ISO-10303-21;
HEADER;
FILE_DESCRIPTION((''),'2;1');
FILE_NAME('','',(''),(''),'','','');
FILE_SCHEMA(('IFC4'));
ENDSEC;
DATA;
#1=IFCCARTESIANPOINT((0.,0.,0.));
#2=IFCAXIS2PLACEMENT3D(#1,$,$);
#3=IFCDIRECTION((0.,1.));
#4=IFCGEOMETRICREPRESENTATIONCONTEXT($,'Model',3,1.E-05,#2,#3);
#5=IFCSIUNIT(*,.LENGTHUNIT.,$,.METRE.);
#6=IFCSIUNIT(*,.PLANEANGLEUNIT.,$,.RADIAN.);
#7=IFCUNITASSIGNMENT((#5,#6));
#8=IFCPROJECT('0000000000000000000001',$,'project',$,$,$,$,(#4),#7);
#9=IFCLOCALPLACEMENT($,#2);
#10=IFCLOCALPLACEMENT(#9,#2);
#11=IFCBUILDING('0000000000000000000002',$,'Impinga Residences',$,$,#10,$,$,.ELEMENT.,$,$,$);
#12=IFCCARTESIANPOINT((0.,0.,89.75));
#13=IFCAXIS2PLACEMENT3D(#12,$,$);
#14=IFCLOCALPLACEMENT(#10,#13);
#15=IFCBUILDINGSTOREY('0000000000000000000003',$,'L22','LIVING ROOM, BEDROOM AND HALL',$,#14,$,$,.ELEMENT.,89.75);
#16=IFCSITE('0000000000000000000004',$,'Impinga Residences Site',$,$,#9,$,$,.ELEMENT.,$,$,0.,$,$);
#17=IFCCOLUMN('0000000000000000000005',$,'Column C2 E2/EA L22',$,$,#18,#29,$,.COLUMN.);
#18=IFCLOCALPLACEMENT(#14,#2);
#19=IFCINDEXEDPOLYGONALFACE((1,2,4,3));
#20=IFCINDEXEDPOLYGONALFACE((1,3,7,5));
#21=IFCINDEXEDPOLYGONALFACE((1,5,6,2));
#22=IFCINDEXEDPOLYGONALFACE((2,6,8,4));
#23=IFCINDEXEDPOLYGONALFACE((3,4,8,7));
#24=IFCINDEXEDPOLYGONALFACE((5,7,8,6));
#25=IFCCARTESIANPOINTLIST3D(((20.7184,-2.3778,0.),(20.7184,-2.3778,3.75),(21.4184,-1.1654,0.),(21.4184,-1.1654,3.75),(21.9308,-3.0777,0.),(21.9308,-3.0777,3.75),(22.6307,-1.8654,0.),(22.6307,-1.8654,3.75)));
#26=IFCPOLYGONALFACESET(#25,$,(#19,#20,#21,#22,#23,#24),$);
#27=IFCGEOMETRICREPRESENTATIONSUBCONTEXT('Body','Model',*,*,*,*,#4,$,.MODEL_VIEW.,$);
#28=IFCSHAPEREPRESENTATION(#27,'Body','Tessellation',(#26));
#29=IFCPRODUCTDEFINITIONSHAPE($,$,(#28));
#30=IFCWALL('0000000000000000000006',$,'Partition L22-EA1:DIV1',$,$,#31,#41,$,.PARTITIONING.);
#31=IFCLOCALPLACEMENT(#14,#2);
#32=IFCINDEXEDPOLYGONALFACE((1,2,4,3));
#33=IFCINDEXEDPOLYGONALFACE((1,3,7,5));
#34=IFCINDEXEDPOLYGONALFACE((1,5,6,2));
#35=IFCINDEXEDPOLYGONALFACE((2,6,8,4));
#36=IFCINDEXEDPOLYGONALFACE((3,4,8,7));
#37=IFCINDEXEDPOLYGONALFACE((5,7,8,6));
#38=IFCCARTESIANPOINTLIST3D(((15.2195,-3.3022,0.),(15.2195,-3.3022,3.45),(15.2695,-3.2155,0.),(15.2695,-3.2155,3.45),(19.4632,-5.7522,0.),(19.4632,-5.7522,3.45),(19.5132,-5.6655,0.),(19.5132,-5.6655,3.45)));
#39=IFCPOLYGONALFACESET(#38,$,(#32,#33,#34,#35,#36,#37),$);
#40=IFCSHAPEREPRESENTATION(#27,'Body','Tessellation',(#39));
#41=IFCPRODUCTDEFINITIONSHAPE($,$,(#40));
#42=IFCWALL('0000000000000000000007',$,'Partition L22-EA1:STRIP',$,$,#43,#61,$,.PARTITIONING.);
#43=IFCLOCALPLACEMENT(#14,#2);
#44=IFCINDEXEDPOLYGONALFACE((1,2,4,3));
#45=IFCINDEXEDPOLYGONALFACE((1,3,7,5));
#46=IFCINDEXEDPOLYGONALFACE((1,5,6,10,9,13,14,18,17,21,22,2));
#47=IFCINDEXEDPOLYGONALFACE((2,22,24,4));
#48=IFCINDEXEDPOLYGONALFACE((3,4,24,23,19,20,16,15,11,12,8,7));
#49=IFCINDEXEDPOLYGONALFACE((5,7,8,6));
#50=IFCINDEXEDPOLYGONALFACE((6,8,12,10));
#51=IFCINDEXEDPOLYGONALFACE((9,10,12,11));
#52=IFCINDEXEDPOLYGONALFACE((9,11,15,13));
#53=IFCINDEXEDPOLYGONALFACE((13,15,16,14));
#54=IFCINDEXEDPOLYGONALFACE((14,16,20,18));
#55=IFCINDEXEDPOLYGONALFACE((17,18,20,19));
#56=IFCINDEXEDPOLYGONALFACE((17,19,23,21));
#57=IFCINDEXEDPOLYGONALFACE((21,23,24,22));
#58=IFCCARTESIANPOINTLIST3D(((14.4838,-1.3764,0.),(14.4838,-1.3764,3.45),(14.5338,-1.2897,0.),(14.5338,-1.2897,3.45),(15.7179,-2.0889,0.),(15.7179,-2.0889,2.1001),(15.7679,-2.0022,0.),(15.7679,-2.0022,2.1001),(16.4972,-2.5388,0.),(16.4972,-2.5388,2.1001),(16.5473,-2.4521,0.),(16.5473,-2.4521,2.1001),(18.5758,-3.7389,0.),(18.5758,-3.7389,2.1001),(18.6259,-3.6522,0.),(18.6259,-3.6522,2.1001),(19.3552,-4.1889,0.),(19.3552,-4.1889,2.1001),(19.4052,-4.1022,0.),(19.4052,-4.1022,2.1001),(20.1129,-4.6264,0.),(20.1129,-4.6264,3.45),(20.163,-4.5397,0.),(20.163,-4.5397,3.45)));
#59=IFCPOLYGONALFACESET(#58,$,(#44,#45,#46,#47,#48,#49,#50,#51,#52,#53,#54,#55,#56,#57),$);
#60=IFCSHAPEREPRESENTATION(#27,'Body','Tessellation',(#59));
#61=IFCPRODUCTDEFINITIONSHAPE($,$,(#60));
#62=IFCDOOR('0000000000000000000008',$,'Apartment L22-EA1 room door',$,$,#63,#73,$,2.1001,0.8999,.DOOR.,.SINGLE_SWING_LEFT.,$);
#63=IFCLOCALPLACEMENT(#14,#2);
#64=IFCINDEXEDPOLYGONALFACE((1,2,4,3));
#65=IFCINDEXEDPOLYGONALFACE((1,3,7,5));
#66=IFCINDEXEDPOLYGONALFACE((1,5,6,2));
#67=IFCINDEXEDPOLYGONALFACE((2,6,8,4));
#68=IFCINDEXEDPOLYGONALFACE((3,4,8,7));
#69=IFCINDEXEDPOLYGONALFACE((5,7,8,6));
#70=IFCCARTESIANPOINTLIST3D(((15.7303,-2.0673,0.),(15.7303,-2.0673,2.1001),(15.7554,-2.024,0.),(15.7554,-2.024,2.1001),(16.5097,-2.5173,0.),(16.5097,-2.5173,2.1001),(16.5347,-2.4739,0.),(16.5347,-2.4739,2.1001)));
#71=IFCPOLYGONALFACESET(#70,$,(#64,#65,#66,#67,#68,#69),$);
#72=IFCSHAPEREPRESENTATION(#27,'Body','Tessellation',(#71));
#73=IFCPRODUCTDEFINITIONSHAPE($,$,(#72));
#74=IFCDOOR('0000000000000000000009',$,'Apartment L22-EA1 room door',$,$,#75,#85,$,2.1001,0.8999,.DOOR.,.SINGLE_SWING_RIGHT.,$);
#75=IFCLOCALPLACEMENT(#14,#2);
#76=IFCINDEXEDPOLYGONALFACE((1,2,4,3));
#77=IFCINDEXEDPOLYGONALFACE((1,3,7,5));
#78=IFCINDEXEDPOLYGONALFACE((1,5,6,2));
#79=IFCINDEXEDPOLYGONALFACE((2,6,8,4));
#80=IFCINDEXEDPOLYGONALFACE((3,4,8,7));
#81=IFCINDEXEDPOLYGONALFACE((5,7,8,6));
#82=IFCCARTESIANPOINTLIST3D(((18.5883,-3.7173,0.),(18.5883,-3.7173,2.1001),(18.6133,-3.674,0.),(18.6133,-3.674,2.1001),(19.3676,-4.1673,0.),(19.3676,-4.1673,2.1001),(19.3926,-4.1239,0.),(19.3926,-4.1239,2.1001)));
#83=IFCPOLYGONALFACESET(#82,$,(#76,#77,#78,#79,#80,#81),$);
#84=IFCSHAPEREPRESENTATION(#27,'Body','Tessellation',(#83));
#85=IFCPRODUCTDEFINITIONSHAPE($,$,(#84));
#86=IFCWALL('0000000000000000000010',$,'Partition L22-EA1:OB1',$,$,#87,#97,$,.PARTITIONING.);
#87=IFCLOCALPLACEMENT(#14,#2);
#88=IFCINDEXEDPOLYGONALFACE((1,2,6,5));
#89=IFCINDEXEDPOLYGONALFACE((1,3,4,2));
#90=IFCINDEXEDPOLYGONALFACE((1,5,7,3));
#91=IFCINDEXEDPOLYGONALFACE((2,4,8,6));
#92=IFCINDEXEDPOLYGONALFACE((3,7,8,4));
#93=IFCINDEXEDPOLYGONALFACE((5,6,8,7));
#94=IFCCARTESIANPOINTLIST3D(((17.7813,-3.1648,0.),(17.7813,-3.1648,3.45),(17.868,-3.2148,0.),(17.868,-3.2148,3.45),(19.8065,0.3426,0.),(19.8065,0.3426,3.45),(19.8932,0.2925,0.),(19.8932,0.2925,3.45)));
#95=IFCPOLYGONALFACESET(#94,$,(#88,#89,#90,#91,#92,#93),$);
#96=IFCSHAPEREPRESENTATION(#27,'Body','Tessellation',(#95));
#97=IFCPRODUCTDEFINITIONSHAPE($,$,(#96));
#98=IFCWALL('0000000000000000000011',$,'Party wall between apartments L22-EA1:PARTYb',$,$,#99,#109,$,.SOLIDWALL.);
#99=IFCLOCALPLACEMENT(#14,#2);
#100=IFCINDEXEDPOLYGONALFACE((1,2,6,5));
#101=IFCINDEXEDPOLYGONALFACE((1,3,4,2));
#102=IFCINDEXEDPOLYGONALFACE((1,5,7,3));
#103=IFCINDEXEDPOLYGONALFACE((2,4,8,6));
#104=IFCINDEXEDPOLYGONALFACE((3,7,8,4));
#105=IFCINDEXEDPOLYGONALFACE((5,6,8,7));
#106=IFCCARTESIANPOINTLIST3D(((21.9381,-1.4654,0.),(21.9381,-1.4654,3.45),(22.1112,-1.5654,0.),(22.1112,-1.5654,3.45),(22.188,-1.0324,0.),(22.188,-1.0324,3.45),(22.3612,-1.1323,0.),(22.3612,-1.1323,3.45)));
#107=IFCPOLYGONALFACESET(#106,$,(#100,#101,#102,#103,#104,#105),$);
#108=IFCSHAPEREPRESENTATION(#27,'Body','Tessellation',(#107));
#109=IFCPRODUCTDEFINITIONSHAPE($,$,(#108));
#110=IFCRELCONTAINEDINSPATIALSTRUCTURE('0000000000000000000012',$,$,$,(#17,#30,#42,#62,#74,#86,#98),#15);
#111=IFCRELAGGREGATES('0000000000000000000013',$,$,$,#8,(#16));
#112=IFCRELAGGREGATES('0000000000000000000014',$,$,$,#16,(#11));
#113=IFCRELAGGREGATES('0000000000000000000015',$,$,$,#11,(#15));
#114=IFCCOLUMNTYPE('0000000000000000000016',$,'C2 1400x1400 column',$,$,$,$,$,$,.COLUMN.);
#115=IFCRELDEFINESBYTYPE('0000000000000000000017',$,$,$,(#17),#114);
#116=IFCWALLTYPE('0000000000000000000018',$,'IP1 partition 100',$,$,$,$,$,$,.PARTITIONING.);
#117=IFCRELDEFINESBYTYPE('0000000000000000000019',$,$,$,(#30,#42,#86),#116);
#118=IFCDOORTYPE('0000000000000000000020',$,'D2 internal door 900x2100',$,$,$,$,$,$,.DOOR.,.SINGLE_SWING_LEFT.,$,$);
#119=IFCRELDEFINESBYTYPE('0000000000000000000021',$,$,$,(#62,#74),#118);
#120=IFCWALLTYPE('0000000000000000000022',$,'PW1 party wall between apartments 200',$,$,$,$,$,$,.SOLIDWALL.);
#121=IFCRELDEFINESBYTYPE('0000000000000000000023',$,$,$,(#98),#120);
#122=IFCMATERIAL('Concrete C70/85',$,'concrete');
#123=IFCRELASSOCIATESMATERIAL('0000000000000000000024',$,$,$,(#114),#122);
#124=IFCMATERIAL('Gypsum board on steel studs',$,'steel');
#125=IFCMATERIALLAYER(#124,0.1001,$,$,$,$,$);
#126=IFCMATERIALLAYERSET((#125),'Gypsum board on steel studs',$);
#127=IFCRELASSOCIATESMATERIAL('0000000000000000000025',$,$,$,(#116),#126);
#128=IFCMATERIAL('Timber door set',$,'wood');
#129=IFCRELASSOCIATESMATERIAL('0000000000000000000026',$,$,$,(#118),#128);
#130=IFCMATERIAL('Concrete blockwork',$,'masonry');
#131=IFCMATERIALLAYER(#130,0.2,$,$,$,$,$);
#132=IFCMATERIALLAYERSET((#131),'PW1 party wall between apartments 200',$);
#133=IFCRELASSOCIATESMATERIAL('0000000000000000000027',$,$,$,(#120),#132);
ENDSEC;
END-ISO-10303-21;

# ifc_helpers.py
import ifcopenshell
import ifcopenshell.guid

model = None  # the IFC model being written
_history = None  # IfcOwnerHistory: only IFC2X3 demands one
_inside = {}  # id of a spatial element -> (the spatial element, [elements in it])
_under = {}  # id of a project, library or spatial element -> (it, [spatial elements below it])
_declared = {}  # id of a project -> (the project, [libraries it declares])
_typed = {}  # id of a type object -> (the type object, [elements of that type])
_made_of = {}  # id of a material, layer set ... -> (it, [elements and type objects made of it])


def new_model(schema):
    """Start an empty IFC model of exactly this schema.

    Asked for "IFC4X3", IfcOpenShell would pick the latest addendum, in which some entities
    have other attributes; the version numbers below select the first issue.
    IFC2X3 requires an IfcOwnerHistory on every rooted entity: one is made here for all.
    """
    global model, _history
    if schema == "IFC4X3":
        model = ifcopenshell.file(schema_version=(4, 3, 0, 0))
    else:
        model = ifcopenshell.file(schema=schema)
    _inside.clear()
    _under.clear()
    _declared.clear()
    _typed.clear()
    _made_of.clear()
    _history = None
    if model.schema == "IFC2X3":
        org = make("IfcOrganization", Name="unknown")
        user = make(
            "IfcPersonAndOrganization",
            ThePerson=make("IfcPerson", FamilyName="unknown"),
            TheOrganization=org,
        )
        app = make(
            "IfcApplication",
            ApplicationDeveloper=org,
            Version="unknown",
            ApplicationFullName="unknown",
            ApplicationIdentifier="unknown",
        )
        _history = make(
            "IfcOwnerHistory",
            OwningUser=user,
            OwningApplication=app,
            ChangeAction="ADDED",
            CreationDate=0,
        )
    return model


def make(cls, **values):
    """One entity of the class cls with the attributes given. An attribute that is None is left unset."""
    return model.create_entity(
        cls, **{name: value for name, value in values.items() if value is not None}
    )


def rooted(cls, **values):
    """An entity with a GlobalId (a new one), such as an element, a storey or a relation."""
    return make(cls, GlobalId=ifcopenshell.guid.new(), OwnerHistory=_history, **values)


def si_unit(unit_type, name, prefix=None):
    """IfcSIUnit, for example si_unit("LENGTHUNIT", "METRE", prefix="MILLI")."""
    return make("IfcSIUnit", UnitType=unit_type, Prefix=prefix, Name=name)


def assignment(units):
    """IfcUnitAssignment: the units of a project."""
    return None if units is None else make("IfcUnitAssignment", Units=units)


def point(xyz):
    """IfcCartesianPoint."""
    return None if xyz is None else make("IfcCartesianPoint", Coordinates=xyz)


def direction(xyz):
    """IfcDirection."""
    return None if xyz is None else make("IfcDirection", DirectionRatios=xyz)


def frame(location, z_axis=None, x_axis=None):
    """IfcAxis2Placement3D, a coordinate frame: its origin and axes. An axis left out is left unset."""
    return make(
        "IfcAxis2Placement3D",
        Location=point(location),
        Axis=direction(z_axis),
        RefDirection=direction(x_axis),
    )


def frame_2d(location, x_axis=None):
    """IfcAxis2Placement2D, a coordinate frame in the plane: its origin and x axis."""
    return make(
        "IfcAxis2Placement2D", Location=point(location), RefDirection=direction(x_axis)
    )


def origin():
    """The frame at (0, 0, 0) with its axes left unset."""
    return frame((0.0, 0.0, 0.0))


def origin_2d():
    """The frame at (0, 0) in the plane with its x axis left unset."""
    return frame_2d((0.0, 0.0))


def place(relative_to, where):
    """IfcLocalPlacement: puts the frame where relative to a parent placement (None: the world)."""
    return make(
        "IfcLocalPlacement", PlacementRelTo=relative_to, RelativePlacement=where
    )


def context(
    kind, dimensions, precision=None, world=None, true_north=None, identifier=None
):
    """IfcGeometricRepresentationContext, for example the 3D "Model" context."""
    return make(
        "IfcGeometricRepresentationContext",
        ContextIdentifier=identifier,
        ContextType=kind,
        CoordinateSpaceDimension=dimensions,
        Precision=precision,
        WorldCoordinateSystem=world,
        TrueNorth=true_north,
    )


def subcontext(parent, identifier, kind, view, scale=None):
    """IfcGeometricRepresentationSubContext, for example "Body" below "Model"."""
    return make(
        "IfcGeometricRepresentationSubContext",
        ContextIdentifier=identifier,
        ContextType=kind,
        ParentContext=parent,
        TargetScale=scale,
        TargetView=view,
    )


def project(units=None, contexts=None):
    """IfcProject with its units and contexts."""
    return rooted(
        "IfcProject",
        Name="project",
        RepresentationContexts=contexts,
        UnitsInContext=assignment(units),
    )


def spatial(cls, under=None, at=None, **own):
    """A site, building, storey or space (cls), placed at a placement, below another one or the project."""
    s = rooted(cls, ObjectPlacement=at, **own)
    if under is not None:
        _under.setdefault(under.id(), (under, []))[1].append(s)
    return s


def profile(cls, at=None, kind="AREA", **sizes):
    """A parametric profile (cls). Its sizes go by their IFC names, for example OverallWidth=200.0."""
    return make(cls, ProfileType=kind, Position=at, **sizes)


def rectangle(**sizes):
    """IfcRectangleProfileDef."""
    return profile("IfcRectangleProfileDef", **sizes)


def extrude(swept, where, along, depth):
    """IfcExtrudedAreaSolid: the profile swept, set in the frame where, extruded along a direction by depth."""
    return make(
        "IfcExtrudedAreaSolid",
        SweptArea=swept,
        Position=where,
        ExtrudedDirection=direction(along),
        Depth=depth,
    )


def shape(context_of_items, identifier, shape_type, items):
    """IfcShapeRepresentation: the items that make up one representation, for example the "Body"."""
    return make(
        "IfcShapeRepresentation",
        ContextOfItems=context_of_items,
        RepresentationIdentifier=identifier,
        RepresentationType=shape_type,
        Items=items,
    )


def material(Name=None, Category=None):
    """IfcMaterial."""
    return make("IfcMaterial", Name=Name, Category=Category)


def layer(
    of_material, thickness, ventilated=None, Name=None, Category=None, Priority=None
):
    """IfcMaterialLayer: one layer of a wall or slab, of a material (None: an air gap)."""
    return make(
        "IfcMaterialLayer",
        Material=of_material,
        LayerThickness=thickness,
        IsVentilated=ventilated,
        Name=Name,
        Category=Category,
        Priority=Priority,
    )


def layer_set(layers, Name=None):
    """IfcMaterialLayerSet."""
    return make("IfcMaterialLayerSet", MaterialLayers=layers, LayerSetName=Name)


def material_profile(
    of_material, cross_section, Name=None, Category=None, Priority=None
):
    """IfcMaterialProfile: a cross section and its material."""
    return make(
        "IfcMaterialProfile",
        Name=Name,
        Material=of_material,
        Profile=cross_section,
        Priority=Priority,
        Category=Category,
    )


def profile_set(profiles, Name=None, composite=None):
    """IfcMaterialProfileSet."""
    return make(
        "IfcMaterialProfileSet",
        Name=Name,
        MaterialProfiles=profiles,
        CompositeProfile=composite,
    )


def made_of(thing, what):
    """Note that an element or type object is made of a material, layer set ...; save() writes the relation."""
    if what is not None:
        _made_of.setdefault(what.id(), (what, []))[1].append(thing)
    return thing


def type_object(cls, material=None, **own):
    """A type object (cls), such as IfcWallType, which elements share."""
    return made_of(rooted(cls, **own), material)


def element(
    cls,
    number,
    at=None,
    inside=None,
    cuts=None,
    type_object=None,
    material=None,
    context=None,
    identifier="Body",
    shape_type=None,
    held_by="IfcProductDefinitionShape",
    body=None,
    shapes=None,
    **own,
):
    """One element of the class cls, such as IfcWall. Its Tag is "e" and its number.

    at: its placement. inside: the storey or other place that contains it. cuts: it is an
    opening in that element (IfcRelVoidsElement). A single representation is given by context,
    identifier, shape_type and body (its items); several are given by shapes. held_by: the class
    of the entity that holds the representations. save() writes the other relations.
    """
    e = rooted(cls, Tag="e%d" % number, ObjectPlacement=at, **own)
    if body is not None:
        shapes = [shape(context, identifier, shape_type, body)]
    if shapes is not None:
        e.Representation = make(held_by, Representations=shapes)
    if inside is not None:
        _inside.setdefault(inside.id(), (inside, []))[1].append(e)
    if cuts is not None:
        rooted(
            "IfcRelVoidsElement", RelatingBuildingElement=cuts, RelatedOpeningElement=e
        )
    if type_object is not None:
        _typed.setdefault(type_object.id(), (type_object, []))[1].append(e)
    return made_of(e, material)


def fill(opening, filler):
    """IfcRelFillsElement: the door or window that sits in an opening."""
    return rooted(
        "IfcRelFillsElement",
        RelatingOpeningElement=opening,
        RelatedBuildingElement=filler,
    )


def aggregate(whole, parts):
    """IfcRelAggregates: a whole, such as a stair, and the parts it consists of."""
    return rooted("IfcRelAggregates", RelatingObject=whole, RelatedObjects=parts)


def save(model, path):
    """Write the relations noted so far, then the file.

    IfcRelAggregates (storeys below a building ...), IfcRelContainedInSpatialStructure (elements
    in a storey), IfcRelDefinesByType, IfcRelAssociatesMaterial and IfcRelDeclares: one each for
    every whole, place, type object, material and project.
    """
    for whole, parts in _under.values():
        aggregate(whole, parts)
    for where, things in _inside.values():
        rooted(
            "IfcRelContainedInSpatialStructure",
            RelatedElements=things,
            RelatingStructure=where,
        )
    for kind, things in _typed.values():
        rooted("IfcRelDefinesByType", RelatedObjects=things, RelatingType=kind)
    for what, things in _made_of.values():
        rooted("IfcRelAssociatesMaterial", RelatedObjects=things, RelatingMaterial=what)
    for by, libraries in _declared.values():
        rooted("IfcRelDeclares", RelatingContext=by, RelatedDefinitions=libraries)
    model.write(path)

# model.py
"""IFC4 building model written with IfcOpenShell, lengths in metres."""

from ifc_helpers import new_model, si_unit, direction, frame, frame_2d, origin, origin_2d, place, context, subcontext, project, spatial, rectangle, extrude, material, layer, layer_set, material_profile, profile_set, type_object, element, fill, save


model = new_model("IFC4")

# Units and contexts
model_context = context("Model", 3, precision=1e-05, world=origin(), true_north=direction((0.0, 1.0)))
body_context = subcontext(model_context, "Body", "Model", "MODEL_VIEW")
ifc_project = project(units=[si_unit("LENGTHUNIT", "METRE"), si_unit("PLANEANGLEUNIT", "RADIAN")], contexts=[model_context])

# Site, building, storey
site_placement = place(None, origin())
site = spatial("IfcSite", under=ifc_project, at=site_placement, Name="Impinga Residences Site", CompositionType="ELEMENT", RefElevation=0.0)
building_placement = place(site_placement, origin())
building = spatial("IfcBuilding", under=site, at=building_placement, Name="Impinga Residences", CompositionType="ELEMENT")
storey_placement = place(building_placement, frame((0.0, 0.0, 89.75)))
storey = spatial("IfcBuildingStorey", under=building, at=storey_placement, Name="L22", Description="LIVING ROOM, BEDROOM AND HALL", CompositionType="ELEMENT", Elevation=89.75)

# Column
ifc_material_1 = material(Name="Concrete C70/85", Category="concrete")
ifc_material_profile = material_profile(ifc_material_1, rectangle(XDim=1.3999, YDim=1.3999, at=origin_2d()), Name="RC 1400x1400")
ifc_profile_set = profile_set([ifc_material_profile], Name="Concrete C70/85")
column_type = type_object("IfcColumnType", Name="C2 1400x1400 column", PredefinedType="COLUMN", material=ifc_profile_set)
column_placement = place(storey_placement, frame((21.6746, -2.1216, 0.0), z_axis=(0.0, 0.0, 1.0), x_axis=(-0.5, -0.866025, 0.0)))
element("IfcColumn", 1, at=column_placement, inside=storey, type_object=column_type, Name="Column C2 E2/EA L22", PredefinedType="COLUMN", context=body_context, shape_type="SweptSolid", body=[
    extrude(rectangle(XDim=1.3999, YDim=1.3999, at=origin_2d()), origin(), (0.0, 0.0, 1.0), 3.75),
])

# Wall
ifc_material_2 = material(Name="Gypsum board on steel studs", Category="steel")
ifc_layer_1 = layer(ifc_material_2, 0.1001)
ifc_layer_set_1 = layer_set([ifc_layer_1], Name="Gypsum board on steel studs")
wall_type_1 = type_object("IfcWallType", Name="IP1 partition 100", PredefinedType="PARTITIONING", material=ifc_layer_set_1)
wall_1_placement = place(storey_placement, frame((15.2444, -3.2588, 0.0), z_axis=(0.0, 0.0, 1.0), x_axis=(0.866036, -0.499981, 0.0)))
element("IfcWall", 2, at=wall_1_placement, inside=storey, type_object=wall_type_1, Name="Partition L22-EA1:DIV1", PredefinedType="PARTITIONING", context=body_context, shape_type="SweptSolid", body=[
    extrude(rectangle(XDim=4.9001, YDim=0.1001, at=frame_2d((2.4502, 0.0))), origin(), (0.0, 0.0, 1.0), 3.45),
])

# Wall, openings, doors
wall_2_placement = place(storey_placement, frame((14.5088, -1.333, 0.0), z_axis=(0.0, 0.0, 1.0), x_axis=(0.866025, -0.500001, 0.0)))
wall_2 = element("IfcWall", 3, at=wall_2_placement, inside=storey, type_object=wall_type_1, Name="Partition L22-EA1:STRIP", PredefinedType="PARTITIONING", context=body_context, shape_type="SweptSolid", body=[
    extrude(rectangle(XDim=6.5, YDim=0.1001, at=frame_2d((3.25, 0.0))), origin(), (0.0, 0.0, 1.0), 3.45),
])
opening_1_placement = place(wall_2_placement, frame((1.425, 0.0, 0.0)))
opening_1 = element("IfcOpeningElement", 4, at=opening_1_placement, cuts=wall_2, PredefinedType="OPENING", context=body_context, shape_type="SweptSolid", body=[
    extrude(rectangle(XDim=0.8999, YDim=2.1001, at=frame_2d((0.45, 1.05))), frame((0.0, 0.0601, 0.0), z_axis=(0.0, -1.0, 0.0), x_axis=(1.0, 0.0, 0.0)), (0.0, 0.0, 1.0), 0.1201),
])
opening_2_placement = place(wall_2_placement, frame((4.7251, 0.0, 0.0)))
opening_2 = element("IfcOpeningElement", 5, at=opening_2_placement, cuts=wall_2, PredefinedType="OPENING", context=body_context, shape_type="SweptSolid", body=[
    extrude(rectangle(XDim=0.8999, YDim=2.1001, at=frame_2d((0.45, 1.05))), frame((0.0, 0.0601, 0.0), z_axis=(0.0, -1.0, 0.0), x_axis=(1.0, 0.0, 0.0)), (0.0, 0.0, 1.0), 0.1201),
])
ifc_material_3 = material(Name="Timber door set", Category="wood")
door_type = type_object("IfcDoorType", Name="D2 internal door 900x2100", OperationType="SINGLE_SWING_LEFT", PredefinedType="DOOR", material=ifc_material_3)
door_1_placement = place(opening_1_placement, origin())
door_1 = element("IfcDoor", 6, at=door_1_placement, inside=storey, type_object=door_type, Name="Apartment L22-EA1 room door", OperationType="SINGLE_SWING_LEFT", OverallHeight=2.1001, OverallWidth=0.8999, PredefinedType="DOOR", context=body_context, shape_type="SweptSolid", body=[
    extrude(rectangle(XDim=0.8999, YDim=2.1001, at=frame_2d((0.45, 1.05))), frame((0.0, 0.0249, 0.0), z_axis=(0.0, -1.0, 0.0), x_axis=(1.0, 0.0, 0.0)), (0.0, 0.0, 1.0), 0.05),
])
fill(opening_1, door_1)
door_2_placement = place(opening_2_placement, origin())
door_2 = element("IfcDoor", 7, at=door_2_placement, inside=storey, type_object=door_type, Name="Apartment L22-EA1 room door", OperationType="SINGLE_SWING_RIGHT", OverallHeight=2.1001, OverallWidth=0.8999, PredefinedType="DOOR", context=body_context, shape_type="SweptSolid", body=[
    extrude(rectangle(XDim=0.8999, YDim=2.1001, at=frame_2d((0.45, 1.05))), frame((0.0, 0.0249, 0.0), z_axis=(0.0, -1.0, 0.0), x_axis=(1.0, 0.0, 0.0)), (0.0, 0.0, 1.0), 0.05),
])
fill(opening_2, door_2)

# Walls
wall_3_placement = place(storey_placement, frame((17.8247, -3.1897, 0.0), z_axis=(0.0, 0.0, 1.0), x_axis=(0.500036, 0.866005, 0.0)))
element("IfcWall", 8, at=wall_3_placement, inside=storey, type_object=wall_type_1, Name="Partition L22-EA1:OB1", PredefinedType="PARTITIONING", context=body_context, shape_type="SweptSolid", body=[
    extrude(rectangle(XDim=4.05, YDim=0.1001, at=frame_2d((2.0249, 0.0))), origin(), (0.0, 0.0, 1.0), 3.45),
])
ifc_material_4 = material(Name="Concrete blockwork", Category="masonry")
ifc_layer_2 = layer(ifc_material_4, 0.2)
ifc_layer_set_2 = layer_set([ifc_layer_2], Name="PW1 party wall between apartments 200")
wall_type_2 = type_object("IfcWallType", Name="PW1 party wall between apartments 200", PredefinedType="SOLIDWALL", material=ifc_layer_set_2)
wall_4_placement = place(storey_placement, frame((22.0247, -1.5154, 0.0), z_axis=(0.0, 0.0, 1.0), x_axis=(0.49992, 0.866072, 0.0)))
element("IfcWall", 9, at=wall_4_placement, inside=storey, type_object=wall_type_2, Name="Party wall between apartments L22-EA1:PARTYb", PredefinedType="SOLIDWALL", context=body_context, shape_type="SweptSolid", body=[
    extrude(rectangle(XDim=0.5, YDim=0.2, at=frame_2d((0.25, 0.0))), origin(), (0.0, 0.0, 1.0), 3.45),
])

save(model, "model.ifc")
